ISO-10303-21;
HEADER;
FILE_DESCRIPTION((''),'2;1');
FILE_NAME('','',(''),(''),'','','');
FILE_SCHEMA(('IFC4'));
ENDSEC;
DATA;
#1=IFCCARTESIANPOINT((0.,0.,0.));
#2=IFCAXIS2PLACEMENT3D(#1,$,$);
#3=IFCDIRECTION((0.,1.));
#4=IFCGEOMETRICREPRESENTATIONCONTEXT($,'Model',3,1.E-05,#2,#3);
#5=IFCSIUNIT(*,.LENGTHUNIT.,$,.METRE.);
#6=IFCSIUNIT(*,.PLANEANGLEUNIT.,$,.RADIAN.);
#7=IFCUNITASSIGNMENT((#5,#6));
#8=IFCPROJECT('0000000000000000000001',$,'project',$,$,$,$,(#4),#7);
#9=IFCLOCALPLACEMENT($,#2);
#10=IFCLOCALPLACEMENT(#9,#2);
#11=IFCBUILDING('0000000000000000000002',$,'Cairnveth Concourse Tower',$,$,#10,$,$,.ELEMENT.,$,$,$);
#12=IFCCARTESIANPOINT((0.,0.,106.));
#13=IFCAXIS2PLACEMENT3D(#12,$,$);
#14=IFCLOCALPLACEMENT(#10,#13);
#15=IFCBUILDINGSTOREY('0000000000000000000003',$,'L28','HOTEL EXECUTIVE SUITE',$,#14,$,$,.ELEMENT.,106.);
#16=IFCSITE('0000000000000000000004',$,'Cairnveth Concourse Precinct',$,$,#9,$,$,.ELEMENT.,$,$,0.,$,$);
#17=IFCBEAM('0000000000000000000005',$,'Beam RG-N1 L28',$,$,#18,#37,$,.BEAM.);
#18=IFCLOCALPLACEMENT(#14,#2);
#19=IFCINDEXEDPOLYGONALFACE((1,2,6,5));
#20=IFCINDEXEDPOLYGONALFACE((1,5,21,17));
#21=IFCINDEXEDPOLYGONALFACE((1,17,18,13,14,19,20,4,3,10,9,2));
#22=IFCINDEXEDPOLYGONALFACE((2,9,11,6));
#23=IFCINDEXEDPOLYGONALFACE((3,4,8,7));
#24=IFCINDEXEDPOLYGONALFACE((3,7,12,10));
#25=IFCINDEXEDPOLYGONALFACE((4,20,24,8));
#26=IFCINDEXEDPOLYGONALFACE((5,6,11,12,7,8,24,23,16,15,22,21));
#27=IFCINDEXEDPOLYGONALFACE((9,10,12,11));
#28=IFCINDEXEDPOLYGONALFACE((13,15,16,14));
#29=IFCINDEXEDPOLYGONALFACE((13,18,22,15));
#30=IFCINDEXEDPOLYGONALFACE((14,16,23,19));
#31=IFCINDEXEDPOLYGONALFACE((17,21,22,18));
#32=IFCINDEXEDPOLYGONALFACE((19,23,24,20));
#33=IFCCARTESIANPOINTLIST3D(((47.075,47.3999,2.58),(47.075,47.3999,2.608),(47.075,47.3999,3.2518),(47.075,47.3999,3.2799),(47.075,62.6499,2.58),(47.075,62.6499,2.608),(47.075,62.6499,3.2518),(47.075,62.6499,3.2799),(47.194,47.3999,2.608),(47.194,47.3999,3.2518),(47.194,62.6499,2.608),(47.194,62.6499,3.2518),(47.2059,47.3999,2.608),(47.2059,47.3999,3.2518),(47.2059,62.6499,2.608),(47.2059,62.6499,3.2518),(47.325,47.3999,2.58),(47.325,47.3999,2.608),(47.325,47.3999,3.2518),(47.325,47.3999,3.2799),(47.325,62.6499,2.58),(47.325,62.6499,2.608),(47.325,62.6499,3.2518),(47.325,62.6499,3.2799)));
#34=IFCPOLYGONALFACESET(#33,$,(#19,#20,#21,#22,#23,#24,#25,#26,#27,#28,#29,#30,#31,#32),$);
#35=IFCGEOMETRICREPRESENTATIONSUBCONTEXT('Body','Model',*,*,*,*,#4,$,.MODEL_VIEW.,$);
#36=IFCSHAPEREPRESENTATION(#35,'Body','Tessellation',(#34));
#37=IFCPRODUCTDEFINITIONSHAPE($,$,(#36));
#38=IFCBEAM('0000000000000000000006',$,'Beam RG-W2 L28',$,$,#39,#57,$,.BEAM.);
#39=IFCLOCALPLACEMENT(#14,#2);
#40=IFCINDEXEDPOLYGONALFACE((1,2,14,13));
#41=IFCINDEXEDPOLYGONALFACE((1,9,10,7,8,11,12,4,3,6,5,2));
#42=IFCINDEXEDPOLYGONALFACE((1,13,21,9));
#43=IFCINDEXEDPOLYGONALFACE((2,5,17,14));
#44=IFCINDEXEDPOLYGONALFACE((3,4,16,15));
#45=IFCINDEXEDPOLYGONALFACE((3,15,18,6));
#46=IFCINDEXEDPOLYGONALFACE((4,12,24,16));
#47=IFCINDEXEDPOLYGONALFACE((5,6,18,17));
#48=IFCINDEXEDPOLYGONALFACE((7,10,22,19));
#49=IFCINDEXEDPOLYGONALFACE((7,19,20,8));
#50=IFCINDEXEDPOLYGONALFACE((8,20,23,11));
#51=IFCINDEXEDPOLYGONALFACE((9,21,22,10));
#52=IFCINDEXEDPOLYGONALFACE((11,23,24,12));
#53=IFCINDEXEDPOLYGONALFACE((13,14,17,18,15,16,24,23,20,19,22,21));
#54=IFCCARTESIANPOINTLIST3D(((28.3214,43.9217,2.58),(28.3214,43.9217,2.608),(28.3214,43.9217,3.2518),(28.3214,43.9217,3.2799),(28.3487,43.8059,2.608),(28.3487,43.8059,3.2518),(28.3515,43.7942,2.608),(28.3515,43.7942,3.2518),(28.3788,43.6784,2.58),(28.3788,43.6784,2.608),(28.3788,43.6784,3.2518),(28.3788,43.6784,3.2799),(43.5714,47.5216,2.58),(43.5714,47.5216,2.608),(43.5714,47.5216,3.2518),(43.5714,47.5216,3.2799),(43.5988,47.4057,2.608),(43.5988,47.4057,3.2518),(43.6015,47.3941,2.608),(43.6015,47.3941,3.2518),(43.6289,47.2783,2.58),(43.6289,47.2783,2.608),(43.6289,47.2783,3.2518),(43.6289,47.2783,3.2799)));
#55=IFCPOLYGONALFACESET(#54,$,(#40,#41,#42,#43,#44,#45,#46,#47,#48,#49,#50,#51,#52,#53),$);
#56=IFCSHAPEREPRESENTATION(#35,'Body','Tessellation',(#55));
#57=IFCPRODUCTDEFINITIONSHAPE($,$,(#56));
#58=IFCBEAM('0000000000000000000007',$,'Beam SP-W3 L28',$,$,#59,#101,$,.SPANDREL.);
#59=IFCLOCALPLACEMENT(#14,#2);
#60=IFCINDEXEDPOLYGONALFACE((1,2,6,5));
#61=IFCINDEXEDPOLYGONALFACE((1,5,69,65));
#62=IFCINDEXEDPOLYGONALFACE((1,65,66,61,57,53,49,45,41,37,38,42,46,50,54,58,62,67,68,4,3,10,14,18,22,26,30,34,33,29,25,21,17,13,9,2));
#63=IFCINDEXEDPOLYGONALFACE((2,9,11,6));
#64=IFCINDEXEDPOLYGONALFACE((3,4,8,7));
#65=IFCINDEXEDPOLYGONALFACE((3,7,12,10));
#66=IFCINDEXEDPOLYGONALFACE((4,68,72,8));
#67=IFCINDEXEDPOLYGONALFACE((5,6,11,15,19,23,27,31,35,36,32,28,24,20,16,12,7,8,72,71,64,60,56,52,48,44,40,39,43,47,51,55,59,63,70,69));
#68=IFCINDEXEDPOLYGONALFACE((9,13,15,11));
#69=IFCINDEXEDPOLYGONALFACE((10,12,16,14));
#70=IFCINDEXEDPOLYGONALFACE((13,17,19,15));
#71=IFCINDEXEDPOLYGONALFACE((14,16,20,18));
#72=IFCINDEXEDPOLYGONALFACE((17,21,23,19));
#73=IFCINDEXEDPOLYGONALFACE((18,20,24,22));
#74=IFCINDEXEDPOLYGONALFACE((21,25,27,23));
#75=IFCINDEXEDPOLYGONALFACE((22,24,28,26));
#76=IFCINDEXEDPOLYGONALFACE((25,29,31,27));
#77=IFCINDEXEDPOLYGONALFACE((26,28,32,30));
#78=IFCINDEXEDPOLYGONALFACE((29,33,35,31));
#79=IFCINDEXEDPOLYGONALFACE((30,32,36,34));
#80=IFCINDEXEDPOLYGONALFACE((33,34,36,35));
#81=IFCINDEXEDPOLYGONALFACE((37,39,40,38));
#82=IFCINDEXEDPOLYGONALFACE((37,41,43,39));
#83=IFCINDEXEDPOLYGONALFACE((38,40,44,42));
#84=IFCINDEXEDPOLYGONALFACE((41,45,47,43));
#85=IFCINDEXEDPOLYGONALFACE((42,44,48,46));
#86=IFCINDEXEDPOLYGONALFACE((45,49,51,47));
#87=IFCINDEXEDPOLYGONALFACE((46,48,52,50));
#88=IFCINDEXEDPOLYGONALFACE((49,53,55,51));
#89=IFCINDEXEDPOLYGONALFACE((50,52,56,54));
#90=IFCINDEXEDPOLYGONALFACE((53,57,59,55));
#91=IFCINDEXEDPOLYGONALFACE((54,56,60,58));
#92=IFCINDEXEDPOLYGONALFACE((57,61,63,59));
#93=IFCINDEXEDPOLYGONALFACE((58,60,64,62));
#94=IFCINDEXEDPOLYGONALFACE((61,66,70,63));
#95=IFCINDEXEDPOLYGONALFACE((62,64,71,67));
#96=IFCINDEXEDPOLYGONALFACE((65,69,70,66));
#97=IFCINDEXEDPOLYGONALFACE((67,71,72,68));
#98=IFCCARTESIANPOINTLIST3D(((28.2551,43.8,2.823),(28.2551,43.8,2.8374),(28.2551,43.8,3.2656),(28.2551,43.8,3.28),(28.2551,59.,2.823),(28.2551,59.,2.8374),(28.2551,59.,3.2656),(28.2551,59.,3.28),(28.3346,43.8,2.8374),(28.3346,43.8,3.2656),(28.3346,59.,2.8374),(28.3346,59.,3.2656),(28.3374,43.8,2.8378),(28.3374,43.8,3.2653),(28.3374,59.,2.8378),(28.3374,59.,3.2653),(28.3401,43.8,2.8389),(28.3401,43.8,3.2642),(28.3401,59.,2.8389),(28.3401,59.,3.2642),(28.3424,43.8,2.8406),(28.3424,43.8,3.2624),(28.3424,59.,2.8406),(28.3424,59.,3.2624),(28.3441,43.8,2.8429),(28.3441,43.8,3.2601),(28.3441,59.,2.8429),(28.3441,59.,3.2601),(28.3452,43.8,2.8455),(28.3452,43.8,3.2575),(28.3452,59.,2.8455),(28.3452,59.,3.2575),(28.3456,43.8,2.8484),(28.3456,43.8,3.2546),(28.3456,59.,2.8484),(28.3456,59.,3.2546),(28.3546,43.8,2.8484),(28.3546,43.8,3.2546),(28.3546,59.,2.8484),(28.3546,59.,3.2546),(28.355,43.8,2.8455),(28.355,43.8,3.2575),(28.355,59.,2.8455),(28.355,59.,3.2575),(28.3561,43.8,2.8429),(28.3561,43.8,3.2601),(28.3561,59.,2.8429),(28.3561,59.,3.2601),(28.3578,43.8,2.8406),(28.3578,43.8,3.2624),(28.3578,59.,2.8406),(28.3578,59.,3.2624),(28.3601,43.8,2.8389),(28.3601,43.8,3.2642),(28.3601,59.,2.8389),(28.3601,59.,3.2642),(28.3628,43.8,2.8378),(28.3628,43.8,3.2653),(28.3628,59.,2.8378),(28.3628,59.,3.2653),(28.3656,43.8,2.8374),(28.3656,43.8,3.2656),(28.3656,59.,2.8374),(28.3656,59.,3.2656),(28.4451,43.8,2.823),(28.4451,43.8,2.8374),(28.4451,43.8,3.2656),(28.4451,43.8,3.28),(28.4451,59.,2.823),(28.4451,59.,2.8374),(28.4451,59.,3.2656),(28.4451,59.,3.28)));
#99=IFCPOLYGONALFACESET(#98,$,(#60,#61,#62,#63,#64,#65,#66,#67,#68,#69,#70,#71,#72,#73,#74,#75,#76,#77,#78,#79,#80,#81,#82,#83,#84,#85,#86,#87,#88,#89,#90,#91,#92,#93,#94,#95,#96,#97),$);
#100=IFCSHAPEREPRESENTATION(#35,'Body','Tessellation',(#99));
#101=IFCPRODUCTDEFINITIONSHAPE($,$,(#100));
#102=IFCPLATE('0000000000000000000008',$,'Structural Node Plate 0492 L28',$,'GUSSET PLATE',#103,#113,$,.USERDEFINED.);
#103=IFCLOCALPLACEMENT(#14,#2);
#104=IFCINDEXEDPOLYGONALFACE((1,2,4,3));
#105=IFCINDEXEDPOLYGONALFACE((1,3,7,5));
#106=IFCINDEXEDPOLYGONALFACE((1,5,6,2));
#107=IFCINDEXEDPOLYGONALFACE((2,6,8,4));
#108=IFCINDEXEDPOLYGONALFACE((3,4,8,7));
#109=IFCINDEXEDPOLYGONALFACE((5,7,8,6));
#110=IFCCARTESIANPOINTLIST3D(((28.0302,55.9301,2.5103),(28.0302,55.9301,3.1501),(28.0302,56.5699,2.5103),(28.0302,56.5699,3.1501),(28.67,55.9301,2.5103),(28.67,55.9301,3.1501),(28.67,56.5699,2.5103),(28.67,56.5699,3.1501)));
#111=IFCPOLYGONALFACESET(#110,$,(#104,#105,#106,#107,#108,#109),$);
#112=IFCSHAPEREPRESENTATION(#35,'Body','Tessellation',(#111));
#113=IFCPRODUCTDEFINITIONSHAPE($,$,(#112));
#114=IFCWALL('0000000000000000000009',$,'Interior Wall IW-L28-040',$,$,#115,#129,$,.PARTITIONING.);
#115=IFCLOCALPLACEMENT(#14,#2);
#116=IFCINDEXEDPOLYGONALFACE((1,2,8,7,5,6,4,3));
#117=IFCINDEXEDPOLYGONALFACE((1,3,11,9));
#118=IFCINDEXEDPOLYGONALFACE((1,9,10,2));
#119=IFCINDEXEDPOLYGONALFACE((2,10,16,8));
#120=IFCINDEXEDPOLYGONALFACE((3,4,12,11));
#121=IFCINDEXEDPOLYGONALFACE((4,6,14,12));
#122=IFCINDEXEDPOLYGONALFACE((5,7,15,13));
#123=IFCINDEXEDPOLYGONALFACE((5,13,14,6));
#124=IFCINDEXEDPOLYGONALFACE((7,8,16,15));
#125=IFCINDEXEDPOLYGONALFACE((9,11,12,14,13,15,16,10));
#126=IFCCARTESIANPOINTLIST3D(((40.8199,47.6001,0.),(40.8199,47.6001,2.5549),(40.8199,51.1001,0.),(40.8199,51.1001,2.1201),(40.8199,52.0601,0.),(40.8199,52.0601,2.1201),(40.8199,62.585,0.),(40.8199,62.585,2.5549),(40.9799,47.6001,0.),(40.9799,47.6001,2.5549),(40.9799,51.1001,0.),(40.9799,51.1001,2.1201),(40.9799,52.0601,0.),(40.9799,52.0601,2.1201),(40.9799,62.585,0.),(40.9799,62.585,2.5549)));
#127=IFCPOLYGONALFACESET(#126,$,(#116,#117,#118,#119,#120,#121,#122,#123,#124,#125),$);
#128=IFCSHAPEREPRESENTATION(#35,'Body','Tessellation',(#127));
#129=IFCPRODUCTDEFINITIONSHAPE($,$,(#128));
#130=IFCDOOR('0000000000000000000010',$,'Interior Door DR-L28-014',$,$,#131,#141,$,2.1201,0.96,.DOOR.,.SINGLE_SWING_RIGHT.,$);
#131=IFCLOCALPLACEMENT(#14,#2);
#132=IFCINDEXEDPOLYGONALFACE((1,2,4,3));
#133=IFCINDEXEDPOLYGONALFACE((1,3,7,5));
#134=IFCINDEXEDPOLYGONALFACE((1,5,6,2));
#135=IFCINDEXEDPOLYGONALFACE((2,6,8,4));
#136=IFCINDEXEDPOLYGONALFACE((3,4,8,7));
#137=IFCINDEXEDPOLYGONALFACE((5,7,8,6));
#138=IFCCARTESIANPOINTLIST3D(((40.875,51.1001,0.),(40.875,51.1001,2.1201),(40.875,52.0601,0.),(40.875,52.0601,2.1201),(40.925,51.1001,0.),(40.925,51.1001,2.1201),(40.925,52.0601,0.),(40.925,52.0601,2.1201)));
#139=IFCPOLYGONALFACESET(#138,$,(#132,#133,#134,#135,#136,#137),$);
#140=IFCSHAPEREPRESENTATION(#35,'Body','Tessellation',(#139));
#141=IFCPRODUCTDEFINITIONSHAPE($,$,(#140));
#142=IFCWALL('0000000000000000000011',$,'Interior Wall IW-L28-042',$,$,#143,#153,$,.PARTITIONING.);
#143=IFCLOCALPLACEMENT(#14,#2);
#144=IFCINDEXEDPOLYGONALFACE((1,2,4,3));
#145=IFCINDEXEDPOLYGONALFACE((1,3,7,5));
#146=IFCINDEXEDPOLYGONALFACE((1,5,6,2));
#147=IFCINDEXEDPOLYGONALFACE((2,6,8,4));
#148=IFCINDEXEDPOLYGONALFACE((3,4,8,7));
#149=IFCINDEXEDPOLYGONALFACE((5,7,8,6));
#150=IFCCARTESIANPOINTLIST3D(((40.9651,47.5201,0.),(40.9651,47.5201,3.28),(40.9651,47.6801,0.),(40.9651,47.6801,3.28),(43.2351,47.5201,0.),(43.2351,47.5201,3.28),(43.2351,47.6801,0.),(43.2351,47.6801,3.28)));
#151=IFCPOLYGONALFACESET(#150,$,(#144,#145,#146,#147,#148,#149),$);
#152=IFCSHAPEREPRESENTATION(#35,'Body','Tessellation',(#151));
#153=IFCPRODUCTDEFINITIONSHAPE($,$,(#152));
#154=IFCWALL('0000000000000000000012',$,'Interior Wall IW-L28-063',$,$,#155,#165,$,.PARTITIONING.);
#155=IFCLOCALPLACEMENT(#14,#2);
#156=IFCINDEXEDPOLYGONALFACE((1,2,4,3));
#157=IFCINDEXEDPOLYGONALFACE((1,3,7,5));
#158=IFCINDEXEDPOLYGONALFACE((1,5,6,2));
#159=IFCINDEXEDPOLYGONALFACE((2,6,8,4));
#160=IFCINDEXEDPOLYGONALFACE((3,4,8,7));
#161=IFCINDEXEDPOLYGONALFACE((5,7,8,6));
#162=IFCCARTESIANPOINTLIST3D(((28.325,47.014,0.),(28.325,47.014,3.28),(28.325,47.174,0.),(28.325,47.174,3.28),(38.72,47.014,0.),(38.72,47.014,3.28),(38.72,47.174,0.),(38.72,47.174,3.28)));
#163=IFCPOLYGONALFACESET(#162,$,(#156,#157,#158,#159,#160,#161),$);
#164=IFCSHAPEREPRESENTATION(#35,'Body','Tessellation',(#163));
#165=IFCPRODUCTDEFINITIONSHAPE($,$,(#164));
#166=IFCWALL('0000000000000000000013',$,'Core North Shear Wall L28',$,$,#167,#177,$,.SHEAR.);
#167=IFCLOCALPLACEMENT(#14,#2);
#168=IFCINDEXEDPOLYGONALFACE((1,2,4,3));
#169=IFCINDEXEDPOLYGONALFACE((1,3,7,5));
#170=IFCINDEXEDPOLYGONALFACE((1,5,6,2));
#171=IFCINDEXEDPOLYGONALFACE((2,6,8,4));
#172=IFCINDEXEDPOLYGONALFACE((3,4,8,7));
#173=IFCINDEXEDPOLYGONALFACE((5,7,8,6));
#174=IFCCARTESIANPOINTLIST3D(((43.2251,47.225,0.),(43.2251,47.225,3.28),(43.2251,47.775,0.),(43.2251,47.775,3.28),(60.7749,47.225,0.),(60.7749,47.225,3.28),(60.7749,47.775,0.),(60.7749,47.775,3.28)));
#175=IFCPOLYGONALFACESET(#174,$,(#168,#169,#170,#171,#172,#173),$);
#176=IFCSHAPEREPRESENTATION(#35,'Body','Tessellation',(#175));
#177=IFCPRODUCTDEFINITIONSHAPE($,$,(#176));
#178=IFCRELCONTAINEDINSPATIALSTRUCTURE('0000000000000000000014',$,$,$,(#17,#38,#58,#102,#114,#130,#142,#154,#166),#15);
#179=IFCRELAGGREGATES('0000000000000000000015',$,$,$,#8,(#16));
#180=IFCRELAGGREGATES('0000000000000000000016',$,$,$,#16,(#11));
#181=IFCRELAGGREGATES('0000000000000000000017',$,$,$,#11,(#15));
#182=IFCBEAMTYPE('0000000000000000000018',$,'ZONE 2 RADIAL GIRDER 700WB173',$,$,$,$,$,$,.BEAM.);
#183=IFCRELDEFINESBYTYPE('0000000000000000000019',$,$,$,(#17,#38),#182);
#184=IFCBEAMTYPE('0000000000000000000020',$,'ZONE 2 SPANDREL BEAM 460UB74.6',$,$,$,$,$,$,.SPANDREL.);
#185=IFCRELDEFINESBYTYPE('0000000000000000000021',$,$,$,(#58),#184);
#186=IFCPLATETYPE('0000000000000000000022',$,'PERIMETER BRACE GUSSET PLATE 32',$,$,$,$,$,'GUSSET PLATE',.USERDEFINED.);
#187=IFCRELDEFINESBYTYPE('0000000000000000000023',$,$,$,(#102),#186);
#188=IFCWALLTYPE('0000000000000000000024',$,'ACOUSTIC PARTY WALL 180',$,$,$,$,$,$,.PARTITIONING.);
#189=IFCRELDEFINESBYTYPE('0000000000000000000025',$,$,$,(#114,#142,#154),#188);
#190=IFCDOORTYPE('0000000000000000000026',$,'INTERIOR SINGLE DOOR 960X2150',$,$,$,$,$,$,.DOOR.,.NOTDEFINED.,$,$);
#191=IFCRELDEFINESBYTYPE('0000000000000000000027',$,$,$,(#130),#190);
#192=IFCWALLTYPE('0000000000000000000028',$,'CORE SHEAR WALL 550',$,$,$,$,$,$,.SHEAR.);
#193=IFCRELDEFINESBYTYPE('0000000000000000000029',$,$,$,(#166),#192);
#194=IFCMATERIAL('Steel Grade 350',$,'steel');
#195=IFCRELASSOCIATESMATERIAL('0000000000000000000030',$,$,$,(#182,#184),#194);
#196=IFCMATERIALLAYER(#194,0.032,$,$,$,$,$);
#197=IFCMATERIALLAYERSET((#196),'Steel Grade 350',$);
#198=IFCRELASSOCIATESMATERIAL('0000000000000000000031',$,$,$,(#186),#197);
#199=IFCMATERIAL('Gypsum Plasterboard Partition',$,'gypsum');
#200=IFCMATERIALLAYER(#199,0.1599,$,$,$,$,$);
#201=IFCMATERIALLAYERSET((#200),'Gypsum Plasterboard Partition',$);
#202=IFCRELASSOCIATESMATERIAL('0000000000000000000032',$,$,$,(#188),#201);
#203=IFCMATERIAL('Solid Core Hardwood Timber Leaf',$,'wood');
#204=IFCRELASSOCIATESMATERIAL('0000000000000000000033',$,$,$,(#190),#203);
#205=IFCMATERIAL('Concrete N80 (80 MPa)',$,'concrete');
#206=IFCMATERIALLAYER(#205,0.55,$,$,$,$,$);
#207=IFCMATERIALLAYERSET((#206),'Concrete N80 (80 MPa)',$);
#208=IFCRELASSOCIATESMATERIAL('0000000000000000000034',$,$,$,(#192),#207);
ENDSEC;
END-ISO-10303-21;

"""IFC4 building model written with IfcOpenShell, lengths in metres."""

from ifc_helpers import new_model, si_unit, direction, frame, frame_2d, origin, origin_2d, place, context, subcontext, project, spatial, rectangle, i_section, extrude, material, layer, layer_set, material_profile, profile_set, type_object, element, fill, save


model = new_model("IFC4")

# Units and contexts
model_context = context("Model", 3, precision=1e-05, world=origin(), true_north=direction((0.0, 1.0)))
body_context = subcontext(model_context, "Body", "Model", "MODEL_VIEW")
ifc_project = project(units=[si_unit("LENGTHUNIT", "METRE"), si_unit("PLANEANGLEUNIT", "RADIAN")], contexts=[model_context])

# Site, building, storey
site_placement = place(None, origin())
site = spatial("IfcSite", under=ifc_project, at=site_placement, Name="Cairnveth Concourse Precinct", CompositionType="ELEMENT", RefElevation=0.0)
building_placement = place(site_placement, origin())
building = spatial("IfcBuilding", under=site, at=building_placement, Name="Cairnveth Concourse Tower", CompositionType="ELEMENT")
storey_placement = place(building_placement, frame((0.0, 0.0, 106.0)))
storey = spatial("IfcBuildingStorey", under=building, at=storey_placement, Name="L28", Description="HOTEL EXECUTIVE SUITE", CompositionType="ELEMENT", Elevation=106.0)

# Beams
ifc_material_1 = material(Name="Steel Grade 350", Category="steel")
ifc_material_profile_1 = material_profile(ifc_material_1, i_section(OverallWidth=0.25, OverallDepth=0.7, WebThickness=0.012, FlangeThickness=0.0281, at=origin_2d()), Name="700WB173")
ifc_profile_set_1 = profile_set([ifc_material_profile_1], Name="Steel Grade 350")
beam_type_1 = type_object("IfcBeamType", Name="ZONE 2 RADIAL GIRDER 700WB173", PredefinedType="BEAM", material=ifc_profile_set_1)
beam_1_placement = place(storey_placement, frame((47.2, 47.3999, 2.9299), z_axis=(0.0, 1.0, 0.0), x_axis=(-1.0, 0.0, 0.0)))
element("IfcBeam", 1, at=beam_1_placement, inside=storey, type_object=beam_type_1, Name="Beam RG-N1 L28", PredefinedType="BEAM", context=body_context, shape_type="SweptSolid", body=[
    extrude(i_section(OverallWidth=0.25, OverallDepth=0.7, WebThickness=0.012, FlangeThickness=0.0281, at=origin_2d()), origin(), (0.0, 0.0, 1.0), 15.25),
])
beam_2_placement = place(storey_placement, frame((28.3501, 43.8, 2.9299), z_axis=(0.973252, 0.229742, 0.0), x_axis=(-0.229742, 0.973252, 0.0)))
element("IfcBeam", 2, at=beam_2_placement, inside=storey, type_object=beam_type_1, Name="Beam RG-W2 L28", PredefinedType="BEAM", context=body_context, shape_type="SweptSolid", body=[
    extrude(i_section(OverallWidth=0.25, OverallDepth=0.7, WebThickness=0.012, FlangeThickness=0.0281, at=origin_2d()), origin(), (0.0, 0.0, 1.0), 15.6692),
])
ifc_material_profile_2 = material_profile(ifc_material_1, i_section(OverallWidth=0.1899, OverallDepth=0.457, WebThickness=0.009, FlangeThickness=0.0144, FilletRadius=0.011, at=origin_2d()), Name="460UB74.6")
ifc_profile_set_2 = profile_set([ifc_material_profile_2], Name="Steel Grade 350")
beam_type_2 = type_object("IfcBeamType", Name="ZONE 2 SPANDREL BEAM 460UB74.6", PredefinedType="SPANDREL", material=ifc_profile_set_2)
beam_3_placement = place(storey_placement, frame((28.3501, 43.8, 3.0515), z_axis=(0.0, 1.0, 0.0), x_axis=(-1.0, 0.0, 0.0)))
element("IfcBeam", 3, at=beam_3_placement, inside=storey, type_object=beam_type_2, Name="Beam SP-W3 L28", PredefinedType="SPANDREL", context=body_context, shape_type="SweptSolid", body=[
    extrude(i_section(OverallWidth=0.1899, OverallDepth=0.457, WebThickness=0.009, FlangeThickness=0.0144, FilletRadius=0.011, at=origin_2d()), origin(), (0.0, 0.0, 1.0), 15.2),
])

# Plate
ifc_layer_1 = layer(ifc_material_1, 0.032)
ifc_layer_set_1 = layer_set([ifc_layer_1], Name="Steel Grade 350")
plate_type = type_object("IfcPlateType", Name="PERIMETER BRACE GUSSET PLATE 32", ElementType="GUSSET PLATE", PredefinedType="USERDEFINED", material=ifc_layer_set_1)
plate_placement = place(storey_placement, frame((28.3501, 56.25, 2.5103), z_axis=(0.0, 0.0, 1.0), x_axis=(1.0, 0.0, 0.0)))
element("IfcPlate", 4, at=plate_placement, inside=storey, type_object=plate_type, Name="Structural Node Plate 0492 L28", ObjectType="GUSSET PLATE", PredefinedType="USERDEFINED", context=body_context, shape_type="SweptSolid", body=[
    extrude(rectangle(XDim=0.6399, YDim=0.6399, at=origin_2d()), origin(), (0.0, 0.0, 1.0), 0.6399),
])

# Wall, opening, door
ifc_material_2 = material(Name="Gypsum Plasterboard Partition", Category="gypsum")
ifc_layer_2 = layer(ifc_material_2, 0.1599)
ifc_layer_set_2 = layer_set([ifc_layer_2], Name="Gypsum Plasterboard Partition")
wall_type_1 = type_object("IfcWallType", Name="ACOUSTIC PARTY WALL 180", PredefinedType="PARTITIONING", material=ifc_layer_set_2)
wall_1_placement = place(storey_placement, frame((40.8999, 47.6001, 0.0), z_axis=(0.0, 0.0, 1.0), x_axis=(0.0, 1.0, 0.0)))
wall_1 = element("IfcWall", 5, at=wall_1_placement, inside=storey, type_object=wall_type_1, Name="Interior Wall IW-L28-040", PredefinedType="PARTITIONING", context=body_context, shape_type="SweptSolid", body=[
    extrude(rectangle(XDim=14.9849, YDim=0.1599, at=frame_2d((7.4924, 0.0))), origin(), (0.0, 0.0, 1.0), 2.5549),
])
opening_1_placement = place(wall_1_placement, frame((3.5, 0.0, 0.0)))
opening_1 = element("IfcOpeningElement", 6, at=opening_1_placement, cuts=wall_1, PredefinedType="OPENING", context=body_context, shape_type="SweptSolid", body=[
    extrude(rectangle(XDim=0.96, YDim=2.1201, at=frame_2d((0.48, 1.0601))), frame((0.0, 0.0898, 0.0), z_axis=(0.0, -1.0, 0.0), x_axis=(1.0, 0.0, 0.0)), (0.0, 0.0, 1.0), 0.1799),
])
ifc_material_3 = material(Name="Solid Core Hardwood Timber Leaf", Category="wood")
door_type_1 = type_object("IfcDoorType", Name="INTERIOR SINGLE DOOR 960X2150", OperationType="NOTDEFINED", PredefinedType="DOOR", material=ifc_material_3)
door_1_placement = place(opening_1_placement, origin())
door_1 = element("IfcDoor", 7, at=door_1_placement, inside=storey, type_object=door_type_1, Name="Interior Door DR-L28-014", OperationType="SINGLE_SWING_RIGHT", OverallHeight=2.1201, OverallWidth=0.96, PredefinedType="DOOR", context=body_context, shape_type="SweptSolid", body=[
    extrude(rectangle(XDim=0.96, YDim=2.1201, at=frame_2d((0.48, 1.0601))), frame((0.0, 0.0249, 0.0), z_axis=(0.0, -1.0, 0.0), x_axis=(1.0, 0.0, 0.0)), (0.0, 0.0, 1.0), 0.05),
])
fill(opening_1, door_1)

# Walls
wall_2_placement = place(storey_placement, frame((40.9651, 47.6001, 0.0), z_axis=(0.0, 0.0, 1.0), x_axis=(1.0, 0.0, 0.0)))
element("IfcWall", 8, at=wall_2_placement, inside=storey, type_object=wall_type_1, Name="Interior Wall IW-L28-042", PredefinedType="PARTITIONING", context=body_context, shape_type="SweptSolid", body=[
    extrude(rectangle(XDim=2.27, YDim=0.1599, at=frame_2d((1.135, 0.0))), origin(), (0.0, 0.0, 1.0), 3.28),
])
wall_3_placement = place(storey_placement, frame((28.325, 47.094, 0.0), z_axis=(0.0, 0.0, 1.0), x_axis=(1.0, 0.0, 0.0)))
element("IfcWall", 9, at=wall_3_placement, inside=storey, type_object=wall_type_1, Name="Interior Wall IW-L28-063", PredefinedType="PARTITIONING", context=body_context, shape_type="SweptSolid", body=[
    extrude(rectangle(XDim=10.395, YDim=0.1599, at=frame_2d((5.1975, 0.0))), origin(), (0.0, 0.0, 1.0), 3.28),
])
ifc_material_4 = material(Name="Concrete N80 (80 MPa)", Category="concrete")
ifc_layer_3 = layer(ifc_material_4, 0.55)
ifc_layer_set_3 = layer_set([ifc_layer_3], Name="Concrete N80 (80 MPa)")
wall_type_2 = type_object("IfcWallType", Name="CORE SHEAR WALL 550", PredefinedType="SHEAR", material=ifc_layer_set_3)
wall_4_placement = place(storey_placement, frame((43.2251, 47.5, 0.0), z_axis=(0.0, 0.0, 1.0), x_axis=(1.0, 0.0, 0.0)))
element("IfcWall", 10, at=wall_4_placement, inside=storey, type_object=wall_type_2, Name="Core North Shear Wall L28", PredefinedType="SHEAR", context=body_context, shape_type="SweptSolid", body=[
    extrude(rectangle(XDim=17.5498, YDim=0.55, at=frame_2d((8.7749, 0.0))), origin(), (0.0, 0.0, 1.0), 3.28),
])

save(model, "model.ifc")
